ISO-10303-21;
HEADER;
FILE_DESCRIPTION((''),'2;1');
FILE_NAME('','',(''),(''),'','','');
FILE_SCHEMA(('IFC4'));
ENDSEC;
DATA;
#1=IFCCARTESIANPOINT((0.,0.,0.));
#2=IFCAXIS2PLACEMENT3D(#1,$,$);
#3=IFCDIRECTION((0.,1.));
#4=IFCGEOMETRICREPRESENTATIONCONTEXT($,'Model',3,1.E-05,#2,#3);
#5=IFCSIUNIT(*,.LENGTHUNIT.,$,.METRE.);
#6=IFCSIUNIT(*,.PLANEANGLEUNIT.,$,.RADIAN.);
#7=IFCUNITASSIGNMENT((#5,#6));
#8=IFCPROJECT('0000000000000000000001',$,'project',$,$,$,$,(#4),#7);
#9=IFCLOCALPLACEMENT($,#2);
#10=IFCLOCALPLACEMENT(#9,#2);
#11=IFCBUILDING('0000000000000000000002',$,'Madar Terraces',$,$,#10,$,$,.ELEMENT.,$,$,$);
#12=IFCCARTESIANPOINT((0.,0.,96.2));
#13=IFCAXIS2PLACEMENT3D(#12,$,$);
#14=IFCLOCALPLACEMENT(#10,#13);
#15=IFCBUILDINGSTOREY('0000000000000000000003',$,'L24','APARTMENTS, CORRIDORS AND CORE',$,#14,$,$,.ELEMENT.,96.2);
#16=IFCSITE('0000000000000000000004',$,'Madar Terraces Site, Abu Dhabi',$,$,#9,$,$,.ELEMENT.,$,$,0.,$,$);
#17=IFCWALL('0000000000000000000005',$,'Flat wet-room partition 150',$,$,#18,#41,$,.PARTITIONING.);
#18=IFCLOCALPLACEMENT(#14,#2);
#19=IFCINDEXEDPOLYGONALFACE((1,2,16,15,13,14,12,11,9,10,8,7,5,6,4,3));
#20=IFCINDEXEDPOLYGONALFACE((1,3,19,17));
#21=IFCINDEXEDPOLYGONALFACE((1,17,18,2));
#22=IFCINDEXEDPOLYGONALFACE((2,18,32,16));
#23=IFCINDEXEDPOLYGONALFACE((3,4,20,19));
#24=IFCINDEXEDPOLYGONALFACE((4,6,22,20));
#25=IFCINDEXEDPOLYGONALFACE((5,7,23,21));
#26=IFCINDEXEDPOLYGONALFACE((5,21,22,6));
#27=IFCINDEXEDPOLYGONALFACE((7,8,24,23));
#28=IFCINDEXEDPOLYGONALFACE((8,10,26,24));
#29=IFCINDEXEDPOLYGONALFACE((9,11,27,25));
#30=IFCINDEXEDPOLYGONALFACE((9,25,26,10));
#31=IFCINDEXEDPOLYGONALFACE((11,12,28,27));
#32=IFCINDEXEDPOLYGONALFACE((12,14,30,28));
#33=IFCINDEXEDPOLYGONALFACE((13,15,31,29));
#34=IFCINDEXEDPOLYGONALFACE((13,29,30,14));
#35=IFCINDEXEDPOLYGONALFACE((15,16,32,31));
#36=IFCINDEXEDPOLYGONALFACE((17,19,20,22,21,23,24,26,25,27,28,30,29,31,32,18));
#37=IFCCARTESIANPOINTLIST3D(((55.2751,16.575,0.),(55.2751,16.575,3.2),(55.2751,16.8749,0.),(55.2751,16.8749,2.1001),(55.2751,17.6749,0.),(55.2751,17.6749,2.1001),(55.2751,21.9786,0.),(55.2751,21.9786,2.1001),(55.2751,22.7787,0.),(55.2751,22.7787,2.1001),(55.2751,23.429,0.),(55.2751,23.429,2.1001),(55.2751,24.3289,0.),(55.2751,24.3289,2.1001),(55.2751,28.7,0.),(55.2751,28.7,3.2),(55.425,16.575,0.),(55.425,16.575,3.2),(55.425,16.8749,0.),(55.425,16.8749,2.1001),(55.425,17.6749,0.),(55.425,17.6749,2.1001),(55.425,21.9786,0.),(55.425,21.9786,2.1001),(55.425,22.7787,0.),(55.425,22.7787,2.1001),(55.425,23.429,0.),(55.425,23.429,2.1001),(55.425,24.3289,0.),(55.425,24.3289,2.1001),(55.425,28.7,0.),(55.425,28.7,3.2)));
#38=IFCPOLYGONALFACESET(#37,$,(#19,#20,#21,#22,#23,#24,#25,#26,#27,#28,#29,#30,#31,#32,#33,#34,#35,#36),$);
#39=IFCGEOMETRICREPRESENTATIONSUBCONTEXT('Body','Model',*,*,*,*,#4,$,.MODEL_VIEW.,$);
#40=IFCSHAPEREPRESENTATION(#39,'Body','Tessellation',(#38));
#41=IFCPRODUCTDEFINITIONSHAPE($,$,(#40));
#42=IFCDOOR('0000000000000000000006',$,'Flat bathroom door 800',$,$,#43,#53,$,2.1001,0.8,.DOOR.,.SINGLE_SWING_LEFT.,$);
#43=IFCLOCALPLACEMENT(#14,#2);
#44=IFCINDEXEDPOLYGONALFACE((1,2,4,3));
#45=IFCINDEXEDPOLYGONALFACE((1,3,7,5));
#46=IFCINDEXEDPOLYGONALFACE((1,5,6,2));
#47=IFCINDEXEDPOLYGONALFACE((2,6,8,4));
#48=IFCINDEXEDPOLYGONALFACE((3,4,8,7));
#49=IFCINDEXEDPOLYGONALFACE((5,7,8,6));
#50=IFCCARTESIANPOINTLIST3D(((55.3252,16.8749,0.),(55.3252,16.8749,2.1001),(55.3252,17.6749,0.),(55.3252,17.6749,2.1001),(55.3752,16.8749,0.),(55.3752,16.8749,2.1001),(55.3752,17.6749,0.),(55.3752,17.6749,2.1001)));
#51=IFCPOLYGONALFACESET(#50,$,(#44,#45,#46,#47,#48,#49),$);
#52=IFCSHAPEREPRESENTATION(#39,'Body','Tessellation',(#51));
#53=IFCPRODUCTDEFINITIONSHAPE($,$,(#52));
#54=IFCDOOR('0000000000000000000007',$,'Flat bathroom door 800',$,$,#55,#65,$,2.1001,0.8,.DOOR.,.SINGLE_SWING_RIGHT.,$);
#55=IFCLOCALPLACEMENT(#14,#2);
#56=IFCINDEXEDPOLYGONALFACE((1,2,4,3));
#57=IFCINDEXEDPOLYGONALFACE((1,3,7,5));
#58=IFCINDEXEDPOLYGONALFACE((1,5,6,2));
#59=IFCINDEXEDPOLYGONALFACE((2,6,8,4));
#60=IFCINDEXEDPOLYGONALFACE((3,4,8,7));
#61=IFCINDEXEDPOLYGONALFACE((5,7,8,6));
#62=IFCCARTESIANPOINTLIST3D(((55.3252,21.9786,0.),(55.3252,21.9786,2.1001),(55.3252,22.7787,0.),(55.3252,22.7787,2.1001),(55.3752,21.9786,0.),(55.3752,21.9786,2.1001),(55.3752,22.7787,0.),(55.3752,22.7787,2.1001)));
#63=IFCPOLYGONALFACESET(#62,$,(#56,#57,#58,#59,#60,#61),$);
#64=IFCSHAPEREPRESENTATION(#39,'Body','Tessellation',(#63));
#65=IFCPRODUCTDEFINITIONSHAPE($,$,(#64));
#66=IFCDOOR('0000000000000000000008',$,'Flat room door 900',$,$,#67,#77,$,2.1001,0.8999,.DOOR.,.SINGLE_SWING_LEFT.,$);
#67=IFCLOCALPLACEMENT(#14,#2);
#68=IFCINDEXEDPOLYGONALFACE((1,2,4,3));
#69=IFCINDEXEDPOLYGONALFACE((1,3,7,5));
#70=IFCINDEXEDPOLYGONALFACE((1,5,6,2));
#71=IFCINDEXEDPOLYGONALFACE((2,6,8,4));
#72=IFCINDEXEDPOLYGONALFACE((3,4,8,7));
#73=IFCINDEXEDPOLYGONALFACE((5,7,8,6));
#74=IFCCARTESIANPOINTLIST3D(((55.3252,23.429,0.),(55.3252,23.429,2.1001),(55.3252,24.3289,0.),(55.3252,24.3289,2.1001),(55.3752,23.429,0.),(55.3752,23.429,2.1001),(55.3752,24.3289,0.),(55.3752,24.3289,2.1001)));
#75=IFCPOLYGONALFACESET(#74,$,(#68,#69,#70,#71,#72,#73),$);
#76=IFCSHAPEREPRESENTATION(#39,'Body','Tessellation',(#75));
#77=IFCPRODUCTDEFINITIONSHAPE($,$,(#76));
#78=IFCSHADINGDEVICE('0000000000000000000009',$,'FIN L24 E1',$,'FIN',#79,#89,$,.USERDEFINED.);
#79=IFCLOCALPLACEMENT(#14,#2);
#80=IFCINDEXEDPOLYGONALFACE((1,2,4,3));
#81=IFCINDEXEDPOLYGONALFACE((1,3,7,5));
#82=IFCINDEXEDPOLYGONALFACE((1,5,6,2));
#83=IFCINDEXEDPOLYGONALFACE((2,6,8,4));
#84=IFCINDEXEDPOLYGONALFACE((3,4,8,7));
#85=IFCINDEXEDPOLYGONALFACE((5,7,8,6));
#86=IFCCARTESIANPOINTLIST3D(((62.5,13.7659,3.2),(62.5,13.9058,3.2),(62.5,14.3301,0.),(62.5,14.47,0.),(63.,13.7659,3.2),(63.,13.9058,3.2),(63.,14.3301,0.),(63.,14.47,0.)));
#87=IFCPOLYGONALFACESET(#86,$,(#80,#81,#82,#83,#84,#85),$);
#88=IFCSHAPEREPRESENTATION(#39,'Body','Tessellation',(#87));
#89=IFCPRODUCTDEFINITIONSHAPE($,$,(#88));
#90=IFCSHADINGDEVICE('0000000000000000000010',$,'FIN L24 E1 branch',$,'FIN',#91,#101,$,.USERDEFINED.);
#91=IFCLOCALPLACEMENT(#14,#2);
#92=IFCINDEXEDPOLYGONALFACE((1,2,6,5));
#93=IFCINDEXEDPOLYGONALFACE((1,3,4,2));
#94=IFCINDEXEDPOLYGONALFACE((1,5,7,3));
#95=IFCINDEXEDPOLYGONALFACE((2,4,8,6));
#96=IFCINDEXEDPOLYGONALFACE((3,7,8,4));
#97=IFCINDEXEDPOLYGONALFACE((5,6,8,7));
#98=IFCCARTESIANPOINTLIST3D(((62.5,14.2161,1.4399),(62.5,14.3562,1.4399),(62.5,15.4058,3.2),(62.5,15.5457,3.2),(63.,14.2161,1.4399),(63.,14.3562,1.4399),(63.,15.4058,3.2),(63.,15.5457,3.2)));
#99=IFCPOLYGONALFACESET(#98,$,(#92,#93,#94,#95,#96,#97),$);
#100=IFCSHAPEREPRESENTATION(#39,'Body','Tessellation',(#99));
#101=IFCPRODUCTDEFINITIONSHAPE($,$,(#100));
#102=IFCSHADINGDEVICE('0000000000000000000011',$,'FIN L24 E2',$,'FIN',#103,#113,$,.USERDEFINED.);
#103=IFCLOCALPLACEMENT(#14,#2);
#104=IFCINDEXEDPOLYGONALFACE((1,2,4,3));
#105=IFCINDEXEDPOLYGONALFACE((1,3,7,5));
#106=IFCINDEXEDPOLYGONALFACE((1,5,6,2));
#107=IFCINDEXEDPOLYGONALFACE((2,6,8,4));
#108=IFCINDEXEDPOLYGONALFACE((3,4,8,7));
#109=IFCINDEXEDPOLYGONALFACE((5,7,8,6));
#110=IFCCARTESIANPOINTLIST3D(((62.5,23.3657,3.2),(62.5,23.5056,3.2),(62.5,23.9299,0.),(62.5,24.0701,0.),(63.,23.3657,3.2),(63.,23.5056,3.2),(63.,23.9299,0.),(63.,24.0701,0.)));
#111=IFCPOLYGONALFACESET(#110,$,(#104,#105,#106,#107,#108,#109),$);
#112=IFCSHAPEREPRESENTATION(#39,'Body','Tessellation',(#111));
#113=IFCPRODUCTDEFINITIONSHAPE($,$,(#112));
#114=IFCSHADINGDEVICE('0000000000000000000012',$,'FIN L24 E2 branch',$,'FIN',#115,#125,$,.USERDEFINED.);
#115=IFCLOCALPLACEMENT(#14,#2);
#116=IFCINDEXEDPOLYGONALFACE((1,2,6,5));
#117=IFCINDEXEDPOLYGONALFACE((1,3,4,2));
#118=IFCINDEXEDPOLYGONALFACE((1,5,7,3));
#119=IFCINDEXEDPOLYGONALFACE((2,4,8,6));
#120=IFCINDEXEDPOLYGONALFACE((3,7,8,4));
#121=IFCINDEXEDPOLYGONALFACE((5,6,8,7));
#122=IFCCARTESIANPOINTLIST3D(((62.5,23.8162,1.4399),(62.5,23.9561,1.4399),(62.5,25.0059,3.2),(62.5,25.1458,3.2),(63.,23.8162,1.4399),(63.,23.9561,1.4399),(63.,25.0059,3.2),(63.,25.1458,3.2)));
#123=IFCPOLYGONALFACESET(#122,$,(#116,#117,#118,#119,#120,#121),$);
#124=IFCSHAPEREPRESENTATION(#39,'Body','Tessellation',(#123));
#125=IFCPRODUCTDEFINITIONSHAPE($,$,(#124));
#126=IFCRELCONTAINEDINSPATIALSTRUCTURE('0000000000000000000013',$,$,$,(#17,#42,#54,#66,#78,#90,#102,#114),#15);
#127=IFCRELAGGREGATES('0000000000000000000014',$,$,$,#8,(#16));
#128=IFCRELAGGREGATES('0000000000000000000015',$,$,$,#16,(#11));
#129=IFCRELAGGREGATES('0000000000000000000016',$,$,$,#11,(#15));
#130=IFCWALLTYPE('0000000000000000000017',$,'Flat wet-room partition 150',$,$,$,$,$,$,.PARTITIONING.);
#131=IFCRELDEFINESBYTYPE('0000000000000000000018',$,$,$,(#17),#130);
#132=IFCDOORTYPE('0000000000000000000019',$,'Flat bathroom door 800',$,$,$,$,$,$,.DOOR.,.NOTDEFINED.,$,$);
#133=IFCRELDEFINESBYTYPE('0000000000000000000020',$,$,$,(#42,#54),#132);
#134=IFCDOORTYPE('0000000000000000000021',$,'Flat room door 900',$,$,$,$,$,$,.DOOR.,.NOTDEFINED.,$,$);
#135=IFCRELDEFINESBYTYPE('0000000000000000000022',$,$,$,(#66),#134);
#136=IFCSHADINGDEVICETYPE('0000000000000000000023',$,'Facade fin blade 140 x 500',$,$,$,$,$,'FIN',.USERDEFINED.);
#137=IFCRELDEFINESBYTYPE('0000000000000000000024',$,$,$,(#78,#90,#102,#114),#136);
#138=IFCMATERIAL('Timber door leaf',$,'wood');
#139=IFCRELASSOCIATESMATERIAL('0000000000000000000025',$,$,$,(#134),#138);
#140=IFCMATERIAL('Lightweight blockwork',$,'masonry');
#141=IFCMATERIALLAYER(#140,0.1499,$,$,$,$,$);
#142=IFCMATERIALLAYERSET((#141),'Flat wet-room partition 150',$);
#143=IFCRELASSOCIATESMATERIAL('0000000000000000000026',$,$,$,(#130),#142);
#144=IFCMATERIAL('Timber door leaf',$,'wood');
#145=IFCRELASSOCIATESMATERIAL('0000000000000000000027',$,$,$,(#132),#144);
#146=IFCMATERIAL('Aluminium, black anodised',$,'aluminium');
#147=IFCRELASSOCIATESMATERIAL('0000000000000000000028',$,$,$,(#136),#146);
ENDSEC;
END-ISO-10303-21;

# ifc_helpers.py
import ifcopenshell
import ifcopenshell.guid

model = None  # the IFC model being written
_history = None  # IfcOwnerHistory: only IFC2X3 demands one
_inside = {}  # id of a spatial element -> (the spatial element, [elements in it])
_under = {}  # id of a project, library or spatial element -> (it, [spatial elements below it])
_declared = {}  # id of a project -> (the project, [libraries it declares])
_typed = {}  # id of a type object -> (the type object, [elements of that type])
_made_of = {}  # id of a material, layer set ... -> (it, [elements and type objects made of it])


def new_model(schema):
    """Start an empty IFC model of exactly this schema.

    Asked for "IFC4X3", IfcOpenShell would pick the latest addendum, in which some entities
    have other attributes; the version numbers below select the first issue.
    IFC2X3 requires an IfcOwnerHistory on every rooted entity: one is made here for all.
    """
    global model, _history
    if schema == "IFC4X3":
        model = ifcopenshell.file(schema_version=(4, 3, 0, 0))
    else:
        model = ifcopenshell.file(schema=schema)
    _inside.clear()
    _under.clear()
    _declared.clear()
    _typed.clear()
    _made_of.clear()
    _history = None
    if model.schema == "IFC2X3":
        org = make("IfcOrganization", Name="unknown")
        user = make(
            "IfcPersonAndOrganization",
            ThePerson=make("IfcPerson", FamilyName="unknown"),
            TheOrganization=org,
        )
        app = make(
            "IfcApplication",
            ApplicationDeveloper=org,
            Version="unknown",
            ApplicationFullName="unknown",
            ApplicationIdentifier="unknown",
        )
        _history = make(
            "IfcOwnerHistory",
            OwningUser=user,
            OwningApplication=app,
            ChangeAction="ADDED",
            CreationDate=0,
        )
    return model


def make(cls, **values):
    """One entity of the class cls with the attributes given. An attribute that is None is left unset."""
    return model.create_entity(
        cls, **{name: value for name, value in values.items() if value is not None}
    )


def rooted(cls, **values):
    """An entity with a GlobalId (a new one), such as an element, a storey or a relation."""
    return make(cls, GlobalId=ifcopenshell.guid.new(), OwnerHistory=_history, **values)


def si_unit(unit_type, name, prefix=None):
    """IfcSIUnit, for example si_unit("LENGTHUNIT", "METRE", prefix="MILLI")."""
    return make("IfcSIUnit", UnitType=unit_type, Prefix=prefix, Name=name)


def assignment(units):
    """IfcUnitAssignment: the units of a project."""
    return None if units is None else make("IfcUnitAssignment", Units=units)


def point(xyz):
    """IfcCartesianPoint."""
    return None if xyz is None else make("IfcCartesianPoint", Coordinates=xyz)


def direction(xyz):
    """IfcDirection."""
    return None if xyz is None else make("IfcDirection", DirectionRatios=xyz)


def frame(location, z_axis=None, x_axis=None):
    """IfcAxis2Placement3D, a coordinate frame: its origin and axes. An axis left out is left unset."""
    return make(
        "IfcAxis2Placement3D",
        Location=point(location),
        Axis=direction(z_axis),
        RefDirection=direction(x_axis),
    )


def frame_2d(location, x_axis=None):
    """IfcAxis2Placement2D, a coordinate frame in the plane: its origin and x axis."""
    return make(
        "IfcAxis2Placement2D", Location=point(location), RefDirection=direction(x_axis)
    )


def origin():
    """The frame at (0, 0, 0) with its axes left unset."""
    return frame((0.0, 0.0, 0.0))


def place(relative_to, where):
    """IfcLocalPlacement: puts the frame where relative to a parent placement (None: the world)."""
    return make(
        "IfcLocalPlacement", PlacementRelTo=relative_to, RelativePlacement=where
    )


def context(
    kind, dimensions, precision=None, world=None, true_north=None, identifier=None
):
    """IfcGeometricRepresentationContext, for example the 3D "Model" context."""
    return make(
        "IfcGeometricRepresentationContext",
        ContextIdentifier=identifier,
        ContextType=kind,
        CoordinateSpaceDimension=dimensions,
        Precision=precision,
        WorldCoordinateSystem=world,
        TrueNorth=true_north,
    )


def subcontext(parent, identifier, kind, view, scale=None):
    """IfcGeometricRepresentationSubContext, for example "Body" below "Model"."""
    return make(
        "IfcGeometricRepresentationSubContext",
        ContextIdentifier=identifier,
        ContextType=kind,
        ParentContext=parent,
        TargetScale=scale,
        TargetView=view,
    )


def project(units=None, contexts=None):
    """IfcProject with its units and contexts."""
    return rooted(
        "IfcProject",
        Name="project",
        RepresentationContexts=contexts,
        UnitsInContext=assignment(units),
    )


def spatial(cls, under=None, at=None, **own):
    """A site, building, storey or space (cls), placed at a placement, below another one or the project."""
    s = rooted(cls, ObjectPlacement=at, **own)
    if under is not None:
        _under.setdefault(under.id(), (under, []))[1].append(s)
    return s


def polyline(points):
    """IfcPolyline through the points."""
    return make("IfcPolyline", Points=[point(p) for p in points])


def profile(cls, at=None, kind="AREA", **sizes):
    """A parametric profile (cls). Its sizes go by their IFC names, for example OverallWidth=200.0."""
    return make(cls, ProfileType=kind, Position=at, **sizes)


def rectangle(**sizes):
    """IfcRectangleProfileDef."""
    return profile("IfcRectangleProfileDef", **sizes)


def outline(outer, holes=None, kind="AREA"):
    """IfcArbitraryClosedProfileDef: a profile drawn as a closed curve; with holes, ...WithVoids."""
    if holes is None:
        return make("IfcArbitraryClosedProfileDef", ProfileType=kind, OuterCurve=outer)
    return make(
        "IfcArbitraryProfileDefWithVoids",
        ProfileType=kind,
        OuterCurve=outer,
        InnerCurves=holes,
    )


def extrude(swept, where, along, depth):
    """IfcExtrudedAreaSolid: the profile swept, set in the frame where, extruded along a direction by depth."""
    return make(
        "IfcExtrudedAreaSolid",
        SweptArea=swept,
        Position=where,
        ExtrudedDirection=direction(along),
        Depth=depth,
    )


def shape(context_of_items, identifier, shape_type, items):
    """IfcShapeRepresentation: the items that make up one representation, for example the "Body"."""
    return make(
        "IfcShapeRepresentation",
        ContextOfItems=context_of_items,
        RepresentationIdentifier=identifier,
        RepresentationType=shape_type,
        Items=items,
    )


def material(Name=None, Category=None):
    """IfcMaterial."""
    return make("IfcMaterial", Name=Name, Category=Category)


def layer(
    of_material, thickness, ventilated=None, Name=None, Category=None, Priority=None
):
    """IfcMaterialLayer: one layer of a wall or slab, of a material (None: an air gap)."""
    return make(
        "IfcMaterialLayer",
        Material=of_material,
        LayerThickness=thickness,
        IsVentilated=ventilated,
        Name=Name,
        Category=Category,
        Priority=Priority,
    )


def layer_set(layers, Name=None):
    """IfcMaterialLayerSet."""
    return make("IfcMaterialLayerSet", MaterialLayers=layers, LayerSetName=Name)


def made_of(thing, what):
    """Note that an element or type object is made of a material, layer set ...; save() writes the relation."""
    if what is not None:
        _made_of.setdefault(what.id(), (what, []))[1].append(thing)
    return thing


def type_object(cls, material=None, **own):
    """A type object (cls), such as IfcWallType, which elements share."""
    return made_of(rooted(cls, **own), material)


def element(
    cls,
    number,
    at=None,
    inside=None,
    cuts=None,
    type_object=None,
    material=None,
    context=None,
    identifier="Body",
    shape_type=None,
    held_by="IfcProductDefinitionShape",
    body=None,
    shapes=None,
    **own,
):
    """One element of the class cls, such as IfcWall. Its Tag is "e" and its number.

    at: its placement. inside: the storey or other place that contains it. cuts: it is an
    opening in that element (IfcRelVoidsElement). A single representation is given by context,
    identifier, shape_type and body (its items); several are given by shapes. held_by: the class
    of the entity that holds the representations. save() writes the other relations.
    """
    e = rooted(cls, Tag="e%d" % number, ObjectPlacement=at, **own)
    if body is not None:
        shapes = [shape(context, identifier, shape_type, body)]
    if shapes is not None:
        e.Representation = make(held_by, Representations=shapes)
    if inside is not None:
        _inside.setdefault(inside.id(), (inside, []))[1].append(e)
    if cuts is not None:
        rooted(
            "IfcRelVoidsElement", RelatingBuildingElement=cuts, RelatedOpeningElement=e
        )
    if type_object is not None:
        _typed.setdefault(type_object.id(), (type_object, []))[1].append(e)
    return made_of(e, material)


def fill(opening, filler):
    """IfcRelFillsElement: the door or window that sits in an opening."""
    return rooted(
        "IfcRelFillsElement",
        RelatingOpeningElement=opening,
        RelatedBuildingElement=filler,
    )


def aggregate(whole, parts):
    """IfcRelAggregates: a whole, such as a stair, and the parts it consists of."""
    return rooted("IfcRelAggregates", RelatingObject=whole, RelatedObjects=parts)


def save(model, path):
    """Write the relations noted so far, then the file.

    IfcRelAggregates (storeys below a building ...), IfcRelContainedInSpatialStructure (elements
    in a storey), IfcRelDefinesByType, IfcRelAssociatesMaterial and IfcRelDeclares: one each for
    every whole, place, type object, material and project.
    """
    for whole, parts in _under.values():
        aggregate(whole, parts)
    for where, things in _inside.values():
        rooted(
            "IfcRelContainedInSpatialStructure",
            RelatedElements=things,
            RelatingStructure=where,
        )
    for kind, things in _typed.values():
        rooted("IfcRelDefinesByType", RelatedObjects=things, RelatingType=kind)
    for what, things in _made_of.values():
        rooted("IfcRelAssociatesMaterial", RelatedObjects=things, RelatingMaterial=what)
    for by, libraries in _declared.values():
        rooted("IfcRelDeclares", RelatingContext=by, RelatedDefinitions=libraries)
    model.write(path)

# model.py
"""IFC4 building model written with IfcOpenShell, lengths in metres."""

from ifc_helpers import new_model, si_unit, direction, frame, frame_2d, origin, place, context, subcontext, project, spatial, polyline, rectangle, outline, extrude, material, layer, layer_set, type_object, element, fill, save


model = new_model("IFC4")

# Units and contexts
model_context = context("Model", 3, precision=1e-05, world=origin(), true_north=direction((0.0, 1.0)))
body_context = subcontext(model_context, "Body", "Model", "MODEL_VIEW")
ifc_project = project(units=[si_unit("LENGTHUNIT", "METRE"), si_unit("PLANEANGLEUNIT", "RADIAN")], contexts=[model_context])

# Site, building, storey
site_placement = place(None, origin())
site = spatial("IfcSite", under=ifc_project, at=site_placement, Name="Madar Terraces Site, Abu Dhabi", CompositionType="ELEMENT", RefElevation=0.0)
building_placement = place(site_placement, origin())
building = spatial("IfcBuilding", under=site, at=building_placement, Name="Madar Terraces", CompositionType="ELEMENT")
storey_placement = place(building_placement, frame((0.0, 0.0, 96.2)))
storey = spatial("IfcBuildingStorey", under=building, at=storey_placement, Name="L24", Description="APARTMENTS, CORRIDORS AND CORE", CompositionType="ELEMENT", Elevation=96.2)

# Shared definitions
ifc_material_1 = material(Name="Timber door leaf", Category="wood")
door_type_1 = type_object("IfcDoorType", Name="Flat room door 900", OperationType="NOTDEFINED", PredefinedType="DOOR", material=ifc_material_1)

# Shared definitions
ifc_material_2 = material(Name="Lightweight blockwork", Category="masonry")
ifc_layer_1 = layer(ifc_material_2, 0.1499)
ifc_layer_set_1 = layer_set([ifc_layer_1], Name="Flat wet-room partition 150")
wall_type_1 = type_object("IfcWallType", Name="Flat wet-room partition 150", PredefinedType="PARTITIONING", material=ifc_layer_set_1)

# Wall, openings, doors
wall_1_placement = place(storey_placement, frame((55.3501, 16.575, 0.0), z_axis=(0.0, 0.0, 1.0), x_axis=(0.0, 1.0, 0.0)))
wall_1 = element("IfcWall", 1, at=wall_1_placement, inside=storey, type_object=wall_type_1, Name="Flat wet-room partition 150", PredefinedType="PARTITIONING", context=body_context, shape_type="SweptSolid", body=[
    extrude(rectangle(XDim=12.125, YDim=0.1499, at=frame_2d((6.0625, 0.0))), origin(), (0.0, 0.0, 1.0), 3.2),
])
opening_1_placement = place(wall_1_placement, frame((0.3, 0.0, 0.0)))
opening_1 = element("IfcOpeningElement", 2, at=opening_1_placement, cuts=wall_1, PredefinedType="OPENING", context=body_context, shape_type="SweptSolid", body=[
    extrude(rectangle(XDim=0.8, YDim=2.1001, at=frame_2d((0.3999, 1.05))), frame((0.0, 0.085, 0.0), z_axis=(0.0, -1.0, 0.0), x_axis=(1.0, 0.0, 0.0)), (0.0, 0.0, 1.0), 0.1699),
])
opening_2_placement = place(wall_1_placement, frame((5.4038, 0.0, 0.0)))
opening_2 = element("IfcOpeningElement", 3, at=opening_2_placement, cuts=wall_1, PredefinedType="OPENING", context=body_context, shape_type="SweptSolid", body=[
    extrude(rectangle(XDim=0.8, YDim=2.1001, at=frame_2d((0.3999, 1.05))), frame((0.0, 0.085, 0.0), z_axis=(0.0, -1.0, 0.0), x_axis=(1.0, 0.0, 0.0)), (0.0, 0.0, 1.0), 0.1699),
])
opening_3_placement = place(wall_1_placement, frame((6.854, 0.0, 0.0)))
opening_3 = element("IfcOpeningElement", 4, at=opening_3_placement, cuts=wall_1, PredefinedType="OPENING", context=body_context, shape_type="SweptSolid", body=[
    extrude(rectangle(XDim=0.8999, YDim=2.1001, at=frame_2d((0.45, 1.05))), frame((0.0, 0.085, 0.0), z_axis=(0.0, -1.0, 0.0), x_axis=(1.0, 0.0, 0.0)), (0.0, 0.0, 1.0), 0.1699),
])
ifc_material_3 = material(Name="Timber door leaf", Category="wood")
door_type_2 = type_object("IfcDoorType", Name="Flat bathroom door 800", OperationType="NOTDEFINED", PredefinedType="DOOR", material=ifc_material_3)
door_1_placement = place(opening_1_placement, origin())
door_1 = element("IfcDoor", 5, at=door_1_placement, inside=storey, type_object=door_type_2, Name="Flat bathroom door 800", OperationType="SINGLE_SWING_LEFT", OverallHeight=2.1001, OverallWidth=0.8, PredefinedType="DOOR", context=body_context, shape_type="SweptSolid", body=[
    extrude(rectangle(XDim=0.8, YDim=2.1001, at=frame_2d((0.3999, 1.05))), frame((0.0, 0.0249, 0.0), z_axis=(0.0, -1.0, 0.0), x_axis=(1.0, 0.0, 0.0)), (0.0, 0.0, 1.0), 0.05),
])
fill(opening_1, door_1)
door_2_placement = place(opening_2_placement, origin())
door_2 = element("IfcDoor", 6, at=door_2_placement, inside=storey, type_object=door_type_2, Name="Flat bathroom door 800", OperationType="SINGLE_SWING_RIGHT", OverallHeight=2.1001, OverallWidth=0.8, PredefinedType="DOOR", context=body_context, shape_type="SweptSolid", body=[
    extrude(rectangle(XDim=0.8, YDim=2.1001, at=frame_2d((0.3999, 1.05))), frame((0.0, 0.0249, 0.0), z_axis=(0.0, -1.0, 0.0), x_axis=(1.0, 0.0, 0.0)), (0.0, 0.0, 1.0), 0.05),
])
fill(opening_2, door_2)
door_3_placement = place(opening_3_placement, origin())
door_3 = element("IfcDoor", 7, at=door_3_placement, inside=storey, type_object=door_type_1, Name="Flat room door 900", OperationType="SINGLE_SWING_LEFT", OverallHeight=2.1001, OverallWidth=0.8999, PredefinedType="DOOR", context=body_context, shape_type="SweptSolid", body=[
    extrude(rectangle(XDim=0.8999, YDim=2.1001, at=frame_2d((0.45, 1.05))), frame((0.0, 0.0249, 0.0), z_axis=(0.0, -1.0, 0.0), x_axis=(1.0, 0.0, 0.0)), (0.0, 0.0, 1.0), 0.05),
])
fill(opening_3, door_3)

# Shading devices
ifc_material_4 = material(Name="Aluminium, black anodised", Category="aluminium")
shading_device_type = type_object("IfcShadingDeviceType", Name="Facade fin blade 140 x 500", ElementType="FIN", PredefinedType="USERDEFINED", material=ifc_material_4)
shading_device_1_placement = place(storey_placement, frame((62.75, 14.3301, 0.0), z_axis=(0.0, 0.0, 1.0), x_axis=(0.0, 1.0, 0.0)))
element("IfcShadingDevice", 8, at=shading_device_1_placement, inside=storey, type_object=shading_device_type, Name="FIN L24 E1", ObjectType="FIN", PredefinedType="USERDEFINED", context=body_context, shape_type="SweptSolid", body=[
    extrude(outline(polyline([(0.0, 0.0), (0.1399, 0.0), (-0.4243, 3.2), (-0.5642, 3.2), (0.0, 0.0)])), frame((0.0, 0.25, 0.0), z_axis=(0.0, -1.0, 0.0), x_axis=(1.0, 0.0, 0.0)), (0.0, 0.0, 1.0), 0.5),
])
shading_device_2_placement = place(storey_placement, frame((62.75, 14.2161, 1.4399), z_axis=(0.0, 0.0, 1.0), x_axis=(0.0, 1.0, 0.0)))
element("IfcShadingDevice", 9, at=shading_device_2_placement, inside=storey, type_object=shading_device_type, Name="FIN L24 E1 branch", ObjectType="FIN", PredefinedType="USERDEFINED", context=body_context, shape_type="SweptSolid", body=[
    extrude(outline(polyline([(0.0, 0.0), (0.1401, 0.0), (1.3296, 1.76), (1.1897, 1.76), (0.0, 0.0)])), frame((0.0, 0.25, 0.0), z_axis=(0.0, -1.0, 0.0), x_axis=(1.0, 0.0, 0.0)), (0.0, 0.0, 1.0), 0.5),
])
shading_device_3_placement = place(storey_placement, frame((62.75, 23.9299, 0.0), z_axis=(0.0, 0.0, 1.0), x_axis=(0.0, 1.0, 0.0)))
element("IfcShadingDevice", 10, at=shading_device_3_placement, inside=storey, type_object=shading_device_type, Name="FIN L24 E2", ObjectType="FIN", PredefinedType="USERDEFINED", context=body_context, shape_type="SweptSolid", body=[
    extrude(outline(polyline([(0.0, 0.0), (0.1401, 0.0), (-0.4243, 3.2), (-0.5642, 3.2), (0.0, 0.0)])), frame((0.0, 0.25, 0.0), z_axis=(0.0, -1.0, 0.0), x_axis=(1.0, 0.0, 0.0)), (0.0, 0.0, 1.0), 0.5),
])
shading_device_4_placement = place(storey_placement, frame((62.75, 23.8162, 1.4399), z_axis=(0.0, 0.0, 1.0), x_axis=(0.0, 1.0, 0.0)))
element("IfcShadingDevice", 11, at=shading_device_4_placement, inside=storey, type_object=shading_device_type, Name="FIN L24 E2 branch", ObjectType="FIN", PredefinedType="USERDEFINED", context=body_context, shape_type="SweptSolid", body=[
    extrude(outline(polyline([(0.0, 0.0), (0.1399, 0.0), (1.3296, 1.76), (1.1897, 1.76), (0.0, 0.0)])), frame((0.0, 0.25, 0.0), z_axis=(0.0, -1.0, 0.0), x_axis=(1.0, 0.0, 0.0)), (0.0, 0.0, 1.0), 0.5),
])

save(model, "model.ifc")
